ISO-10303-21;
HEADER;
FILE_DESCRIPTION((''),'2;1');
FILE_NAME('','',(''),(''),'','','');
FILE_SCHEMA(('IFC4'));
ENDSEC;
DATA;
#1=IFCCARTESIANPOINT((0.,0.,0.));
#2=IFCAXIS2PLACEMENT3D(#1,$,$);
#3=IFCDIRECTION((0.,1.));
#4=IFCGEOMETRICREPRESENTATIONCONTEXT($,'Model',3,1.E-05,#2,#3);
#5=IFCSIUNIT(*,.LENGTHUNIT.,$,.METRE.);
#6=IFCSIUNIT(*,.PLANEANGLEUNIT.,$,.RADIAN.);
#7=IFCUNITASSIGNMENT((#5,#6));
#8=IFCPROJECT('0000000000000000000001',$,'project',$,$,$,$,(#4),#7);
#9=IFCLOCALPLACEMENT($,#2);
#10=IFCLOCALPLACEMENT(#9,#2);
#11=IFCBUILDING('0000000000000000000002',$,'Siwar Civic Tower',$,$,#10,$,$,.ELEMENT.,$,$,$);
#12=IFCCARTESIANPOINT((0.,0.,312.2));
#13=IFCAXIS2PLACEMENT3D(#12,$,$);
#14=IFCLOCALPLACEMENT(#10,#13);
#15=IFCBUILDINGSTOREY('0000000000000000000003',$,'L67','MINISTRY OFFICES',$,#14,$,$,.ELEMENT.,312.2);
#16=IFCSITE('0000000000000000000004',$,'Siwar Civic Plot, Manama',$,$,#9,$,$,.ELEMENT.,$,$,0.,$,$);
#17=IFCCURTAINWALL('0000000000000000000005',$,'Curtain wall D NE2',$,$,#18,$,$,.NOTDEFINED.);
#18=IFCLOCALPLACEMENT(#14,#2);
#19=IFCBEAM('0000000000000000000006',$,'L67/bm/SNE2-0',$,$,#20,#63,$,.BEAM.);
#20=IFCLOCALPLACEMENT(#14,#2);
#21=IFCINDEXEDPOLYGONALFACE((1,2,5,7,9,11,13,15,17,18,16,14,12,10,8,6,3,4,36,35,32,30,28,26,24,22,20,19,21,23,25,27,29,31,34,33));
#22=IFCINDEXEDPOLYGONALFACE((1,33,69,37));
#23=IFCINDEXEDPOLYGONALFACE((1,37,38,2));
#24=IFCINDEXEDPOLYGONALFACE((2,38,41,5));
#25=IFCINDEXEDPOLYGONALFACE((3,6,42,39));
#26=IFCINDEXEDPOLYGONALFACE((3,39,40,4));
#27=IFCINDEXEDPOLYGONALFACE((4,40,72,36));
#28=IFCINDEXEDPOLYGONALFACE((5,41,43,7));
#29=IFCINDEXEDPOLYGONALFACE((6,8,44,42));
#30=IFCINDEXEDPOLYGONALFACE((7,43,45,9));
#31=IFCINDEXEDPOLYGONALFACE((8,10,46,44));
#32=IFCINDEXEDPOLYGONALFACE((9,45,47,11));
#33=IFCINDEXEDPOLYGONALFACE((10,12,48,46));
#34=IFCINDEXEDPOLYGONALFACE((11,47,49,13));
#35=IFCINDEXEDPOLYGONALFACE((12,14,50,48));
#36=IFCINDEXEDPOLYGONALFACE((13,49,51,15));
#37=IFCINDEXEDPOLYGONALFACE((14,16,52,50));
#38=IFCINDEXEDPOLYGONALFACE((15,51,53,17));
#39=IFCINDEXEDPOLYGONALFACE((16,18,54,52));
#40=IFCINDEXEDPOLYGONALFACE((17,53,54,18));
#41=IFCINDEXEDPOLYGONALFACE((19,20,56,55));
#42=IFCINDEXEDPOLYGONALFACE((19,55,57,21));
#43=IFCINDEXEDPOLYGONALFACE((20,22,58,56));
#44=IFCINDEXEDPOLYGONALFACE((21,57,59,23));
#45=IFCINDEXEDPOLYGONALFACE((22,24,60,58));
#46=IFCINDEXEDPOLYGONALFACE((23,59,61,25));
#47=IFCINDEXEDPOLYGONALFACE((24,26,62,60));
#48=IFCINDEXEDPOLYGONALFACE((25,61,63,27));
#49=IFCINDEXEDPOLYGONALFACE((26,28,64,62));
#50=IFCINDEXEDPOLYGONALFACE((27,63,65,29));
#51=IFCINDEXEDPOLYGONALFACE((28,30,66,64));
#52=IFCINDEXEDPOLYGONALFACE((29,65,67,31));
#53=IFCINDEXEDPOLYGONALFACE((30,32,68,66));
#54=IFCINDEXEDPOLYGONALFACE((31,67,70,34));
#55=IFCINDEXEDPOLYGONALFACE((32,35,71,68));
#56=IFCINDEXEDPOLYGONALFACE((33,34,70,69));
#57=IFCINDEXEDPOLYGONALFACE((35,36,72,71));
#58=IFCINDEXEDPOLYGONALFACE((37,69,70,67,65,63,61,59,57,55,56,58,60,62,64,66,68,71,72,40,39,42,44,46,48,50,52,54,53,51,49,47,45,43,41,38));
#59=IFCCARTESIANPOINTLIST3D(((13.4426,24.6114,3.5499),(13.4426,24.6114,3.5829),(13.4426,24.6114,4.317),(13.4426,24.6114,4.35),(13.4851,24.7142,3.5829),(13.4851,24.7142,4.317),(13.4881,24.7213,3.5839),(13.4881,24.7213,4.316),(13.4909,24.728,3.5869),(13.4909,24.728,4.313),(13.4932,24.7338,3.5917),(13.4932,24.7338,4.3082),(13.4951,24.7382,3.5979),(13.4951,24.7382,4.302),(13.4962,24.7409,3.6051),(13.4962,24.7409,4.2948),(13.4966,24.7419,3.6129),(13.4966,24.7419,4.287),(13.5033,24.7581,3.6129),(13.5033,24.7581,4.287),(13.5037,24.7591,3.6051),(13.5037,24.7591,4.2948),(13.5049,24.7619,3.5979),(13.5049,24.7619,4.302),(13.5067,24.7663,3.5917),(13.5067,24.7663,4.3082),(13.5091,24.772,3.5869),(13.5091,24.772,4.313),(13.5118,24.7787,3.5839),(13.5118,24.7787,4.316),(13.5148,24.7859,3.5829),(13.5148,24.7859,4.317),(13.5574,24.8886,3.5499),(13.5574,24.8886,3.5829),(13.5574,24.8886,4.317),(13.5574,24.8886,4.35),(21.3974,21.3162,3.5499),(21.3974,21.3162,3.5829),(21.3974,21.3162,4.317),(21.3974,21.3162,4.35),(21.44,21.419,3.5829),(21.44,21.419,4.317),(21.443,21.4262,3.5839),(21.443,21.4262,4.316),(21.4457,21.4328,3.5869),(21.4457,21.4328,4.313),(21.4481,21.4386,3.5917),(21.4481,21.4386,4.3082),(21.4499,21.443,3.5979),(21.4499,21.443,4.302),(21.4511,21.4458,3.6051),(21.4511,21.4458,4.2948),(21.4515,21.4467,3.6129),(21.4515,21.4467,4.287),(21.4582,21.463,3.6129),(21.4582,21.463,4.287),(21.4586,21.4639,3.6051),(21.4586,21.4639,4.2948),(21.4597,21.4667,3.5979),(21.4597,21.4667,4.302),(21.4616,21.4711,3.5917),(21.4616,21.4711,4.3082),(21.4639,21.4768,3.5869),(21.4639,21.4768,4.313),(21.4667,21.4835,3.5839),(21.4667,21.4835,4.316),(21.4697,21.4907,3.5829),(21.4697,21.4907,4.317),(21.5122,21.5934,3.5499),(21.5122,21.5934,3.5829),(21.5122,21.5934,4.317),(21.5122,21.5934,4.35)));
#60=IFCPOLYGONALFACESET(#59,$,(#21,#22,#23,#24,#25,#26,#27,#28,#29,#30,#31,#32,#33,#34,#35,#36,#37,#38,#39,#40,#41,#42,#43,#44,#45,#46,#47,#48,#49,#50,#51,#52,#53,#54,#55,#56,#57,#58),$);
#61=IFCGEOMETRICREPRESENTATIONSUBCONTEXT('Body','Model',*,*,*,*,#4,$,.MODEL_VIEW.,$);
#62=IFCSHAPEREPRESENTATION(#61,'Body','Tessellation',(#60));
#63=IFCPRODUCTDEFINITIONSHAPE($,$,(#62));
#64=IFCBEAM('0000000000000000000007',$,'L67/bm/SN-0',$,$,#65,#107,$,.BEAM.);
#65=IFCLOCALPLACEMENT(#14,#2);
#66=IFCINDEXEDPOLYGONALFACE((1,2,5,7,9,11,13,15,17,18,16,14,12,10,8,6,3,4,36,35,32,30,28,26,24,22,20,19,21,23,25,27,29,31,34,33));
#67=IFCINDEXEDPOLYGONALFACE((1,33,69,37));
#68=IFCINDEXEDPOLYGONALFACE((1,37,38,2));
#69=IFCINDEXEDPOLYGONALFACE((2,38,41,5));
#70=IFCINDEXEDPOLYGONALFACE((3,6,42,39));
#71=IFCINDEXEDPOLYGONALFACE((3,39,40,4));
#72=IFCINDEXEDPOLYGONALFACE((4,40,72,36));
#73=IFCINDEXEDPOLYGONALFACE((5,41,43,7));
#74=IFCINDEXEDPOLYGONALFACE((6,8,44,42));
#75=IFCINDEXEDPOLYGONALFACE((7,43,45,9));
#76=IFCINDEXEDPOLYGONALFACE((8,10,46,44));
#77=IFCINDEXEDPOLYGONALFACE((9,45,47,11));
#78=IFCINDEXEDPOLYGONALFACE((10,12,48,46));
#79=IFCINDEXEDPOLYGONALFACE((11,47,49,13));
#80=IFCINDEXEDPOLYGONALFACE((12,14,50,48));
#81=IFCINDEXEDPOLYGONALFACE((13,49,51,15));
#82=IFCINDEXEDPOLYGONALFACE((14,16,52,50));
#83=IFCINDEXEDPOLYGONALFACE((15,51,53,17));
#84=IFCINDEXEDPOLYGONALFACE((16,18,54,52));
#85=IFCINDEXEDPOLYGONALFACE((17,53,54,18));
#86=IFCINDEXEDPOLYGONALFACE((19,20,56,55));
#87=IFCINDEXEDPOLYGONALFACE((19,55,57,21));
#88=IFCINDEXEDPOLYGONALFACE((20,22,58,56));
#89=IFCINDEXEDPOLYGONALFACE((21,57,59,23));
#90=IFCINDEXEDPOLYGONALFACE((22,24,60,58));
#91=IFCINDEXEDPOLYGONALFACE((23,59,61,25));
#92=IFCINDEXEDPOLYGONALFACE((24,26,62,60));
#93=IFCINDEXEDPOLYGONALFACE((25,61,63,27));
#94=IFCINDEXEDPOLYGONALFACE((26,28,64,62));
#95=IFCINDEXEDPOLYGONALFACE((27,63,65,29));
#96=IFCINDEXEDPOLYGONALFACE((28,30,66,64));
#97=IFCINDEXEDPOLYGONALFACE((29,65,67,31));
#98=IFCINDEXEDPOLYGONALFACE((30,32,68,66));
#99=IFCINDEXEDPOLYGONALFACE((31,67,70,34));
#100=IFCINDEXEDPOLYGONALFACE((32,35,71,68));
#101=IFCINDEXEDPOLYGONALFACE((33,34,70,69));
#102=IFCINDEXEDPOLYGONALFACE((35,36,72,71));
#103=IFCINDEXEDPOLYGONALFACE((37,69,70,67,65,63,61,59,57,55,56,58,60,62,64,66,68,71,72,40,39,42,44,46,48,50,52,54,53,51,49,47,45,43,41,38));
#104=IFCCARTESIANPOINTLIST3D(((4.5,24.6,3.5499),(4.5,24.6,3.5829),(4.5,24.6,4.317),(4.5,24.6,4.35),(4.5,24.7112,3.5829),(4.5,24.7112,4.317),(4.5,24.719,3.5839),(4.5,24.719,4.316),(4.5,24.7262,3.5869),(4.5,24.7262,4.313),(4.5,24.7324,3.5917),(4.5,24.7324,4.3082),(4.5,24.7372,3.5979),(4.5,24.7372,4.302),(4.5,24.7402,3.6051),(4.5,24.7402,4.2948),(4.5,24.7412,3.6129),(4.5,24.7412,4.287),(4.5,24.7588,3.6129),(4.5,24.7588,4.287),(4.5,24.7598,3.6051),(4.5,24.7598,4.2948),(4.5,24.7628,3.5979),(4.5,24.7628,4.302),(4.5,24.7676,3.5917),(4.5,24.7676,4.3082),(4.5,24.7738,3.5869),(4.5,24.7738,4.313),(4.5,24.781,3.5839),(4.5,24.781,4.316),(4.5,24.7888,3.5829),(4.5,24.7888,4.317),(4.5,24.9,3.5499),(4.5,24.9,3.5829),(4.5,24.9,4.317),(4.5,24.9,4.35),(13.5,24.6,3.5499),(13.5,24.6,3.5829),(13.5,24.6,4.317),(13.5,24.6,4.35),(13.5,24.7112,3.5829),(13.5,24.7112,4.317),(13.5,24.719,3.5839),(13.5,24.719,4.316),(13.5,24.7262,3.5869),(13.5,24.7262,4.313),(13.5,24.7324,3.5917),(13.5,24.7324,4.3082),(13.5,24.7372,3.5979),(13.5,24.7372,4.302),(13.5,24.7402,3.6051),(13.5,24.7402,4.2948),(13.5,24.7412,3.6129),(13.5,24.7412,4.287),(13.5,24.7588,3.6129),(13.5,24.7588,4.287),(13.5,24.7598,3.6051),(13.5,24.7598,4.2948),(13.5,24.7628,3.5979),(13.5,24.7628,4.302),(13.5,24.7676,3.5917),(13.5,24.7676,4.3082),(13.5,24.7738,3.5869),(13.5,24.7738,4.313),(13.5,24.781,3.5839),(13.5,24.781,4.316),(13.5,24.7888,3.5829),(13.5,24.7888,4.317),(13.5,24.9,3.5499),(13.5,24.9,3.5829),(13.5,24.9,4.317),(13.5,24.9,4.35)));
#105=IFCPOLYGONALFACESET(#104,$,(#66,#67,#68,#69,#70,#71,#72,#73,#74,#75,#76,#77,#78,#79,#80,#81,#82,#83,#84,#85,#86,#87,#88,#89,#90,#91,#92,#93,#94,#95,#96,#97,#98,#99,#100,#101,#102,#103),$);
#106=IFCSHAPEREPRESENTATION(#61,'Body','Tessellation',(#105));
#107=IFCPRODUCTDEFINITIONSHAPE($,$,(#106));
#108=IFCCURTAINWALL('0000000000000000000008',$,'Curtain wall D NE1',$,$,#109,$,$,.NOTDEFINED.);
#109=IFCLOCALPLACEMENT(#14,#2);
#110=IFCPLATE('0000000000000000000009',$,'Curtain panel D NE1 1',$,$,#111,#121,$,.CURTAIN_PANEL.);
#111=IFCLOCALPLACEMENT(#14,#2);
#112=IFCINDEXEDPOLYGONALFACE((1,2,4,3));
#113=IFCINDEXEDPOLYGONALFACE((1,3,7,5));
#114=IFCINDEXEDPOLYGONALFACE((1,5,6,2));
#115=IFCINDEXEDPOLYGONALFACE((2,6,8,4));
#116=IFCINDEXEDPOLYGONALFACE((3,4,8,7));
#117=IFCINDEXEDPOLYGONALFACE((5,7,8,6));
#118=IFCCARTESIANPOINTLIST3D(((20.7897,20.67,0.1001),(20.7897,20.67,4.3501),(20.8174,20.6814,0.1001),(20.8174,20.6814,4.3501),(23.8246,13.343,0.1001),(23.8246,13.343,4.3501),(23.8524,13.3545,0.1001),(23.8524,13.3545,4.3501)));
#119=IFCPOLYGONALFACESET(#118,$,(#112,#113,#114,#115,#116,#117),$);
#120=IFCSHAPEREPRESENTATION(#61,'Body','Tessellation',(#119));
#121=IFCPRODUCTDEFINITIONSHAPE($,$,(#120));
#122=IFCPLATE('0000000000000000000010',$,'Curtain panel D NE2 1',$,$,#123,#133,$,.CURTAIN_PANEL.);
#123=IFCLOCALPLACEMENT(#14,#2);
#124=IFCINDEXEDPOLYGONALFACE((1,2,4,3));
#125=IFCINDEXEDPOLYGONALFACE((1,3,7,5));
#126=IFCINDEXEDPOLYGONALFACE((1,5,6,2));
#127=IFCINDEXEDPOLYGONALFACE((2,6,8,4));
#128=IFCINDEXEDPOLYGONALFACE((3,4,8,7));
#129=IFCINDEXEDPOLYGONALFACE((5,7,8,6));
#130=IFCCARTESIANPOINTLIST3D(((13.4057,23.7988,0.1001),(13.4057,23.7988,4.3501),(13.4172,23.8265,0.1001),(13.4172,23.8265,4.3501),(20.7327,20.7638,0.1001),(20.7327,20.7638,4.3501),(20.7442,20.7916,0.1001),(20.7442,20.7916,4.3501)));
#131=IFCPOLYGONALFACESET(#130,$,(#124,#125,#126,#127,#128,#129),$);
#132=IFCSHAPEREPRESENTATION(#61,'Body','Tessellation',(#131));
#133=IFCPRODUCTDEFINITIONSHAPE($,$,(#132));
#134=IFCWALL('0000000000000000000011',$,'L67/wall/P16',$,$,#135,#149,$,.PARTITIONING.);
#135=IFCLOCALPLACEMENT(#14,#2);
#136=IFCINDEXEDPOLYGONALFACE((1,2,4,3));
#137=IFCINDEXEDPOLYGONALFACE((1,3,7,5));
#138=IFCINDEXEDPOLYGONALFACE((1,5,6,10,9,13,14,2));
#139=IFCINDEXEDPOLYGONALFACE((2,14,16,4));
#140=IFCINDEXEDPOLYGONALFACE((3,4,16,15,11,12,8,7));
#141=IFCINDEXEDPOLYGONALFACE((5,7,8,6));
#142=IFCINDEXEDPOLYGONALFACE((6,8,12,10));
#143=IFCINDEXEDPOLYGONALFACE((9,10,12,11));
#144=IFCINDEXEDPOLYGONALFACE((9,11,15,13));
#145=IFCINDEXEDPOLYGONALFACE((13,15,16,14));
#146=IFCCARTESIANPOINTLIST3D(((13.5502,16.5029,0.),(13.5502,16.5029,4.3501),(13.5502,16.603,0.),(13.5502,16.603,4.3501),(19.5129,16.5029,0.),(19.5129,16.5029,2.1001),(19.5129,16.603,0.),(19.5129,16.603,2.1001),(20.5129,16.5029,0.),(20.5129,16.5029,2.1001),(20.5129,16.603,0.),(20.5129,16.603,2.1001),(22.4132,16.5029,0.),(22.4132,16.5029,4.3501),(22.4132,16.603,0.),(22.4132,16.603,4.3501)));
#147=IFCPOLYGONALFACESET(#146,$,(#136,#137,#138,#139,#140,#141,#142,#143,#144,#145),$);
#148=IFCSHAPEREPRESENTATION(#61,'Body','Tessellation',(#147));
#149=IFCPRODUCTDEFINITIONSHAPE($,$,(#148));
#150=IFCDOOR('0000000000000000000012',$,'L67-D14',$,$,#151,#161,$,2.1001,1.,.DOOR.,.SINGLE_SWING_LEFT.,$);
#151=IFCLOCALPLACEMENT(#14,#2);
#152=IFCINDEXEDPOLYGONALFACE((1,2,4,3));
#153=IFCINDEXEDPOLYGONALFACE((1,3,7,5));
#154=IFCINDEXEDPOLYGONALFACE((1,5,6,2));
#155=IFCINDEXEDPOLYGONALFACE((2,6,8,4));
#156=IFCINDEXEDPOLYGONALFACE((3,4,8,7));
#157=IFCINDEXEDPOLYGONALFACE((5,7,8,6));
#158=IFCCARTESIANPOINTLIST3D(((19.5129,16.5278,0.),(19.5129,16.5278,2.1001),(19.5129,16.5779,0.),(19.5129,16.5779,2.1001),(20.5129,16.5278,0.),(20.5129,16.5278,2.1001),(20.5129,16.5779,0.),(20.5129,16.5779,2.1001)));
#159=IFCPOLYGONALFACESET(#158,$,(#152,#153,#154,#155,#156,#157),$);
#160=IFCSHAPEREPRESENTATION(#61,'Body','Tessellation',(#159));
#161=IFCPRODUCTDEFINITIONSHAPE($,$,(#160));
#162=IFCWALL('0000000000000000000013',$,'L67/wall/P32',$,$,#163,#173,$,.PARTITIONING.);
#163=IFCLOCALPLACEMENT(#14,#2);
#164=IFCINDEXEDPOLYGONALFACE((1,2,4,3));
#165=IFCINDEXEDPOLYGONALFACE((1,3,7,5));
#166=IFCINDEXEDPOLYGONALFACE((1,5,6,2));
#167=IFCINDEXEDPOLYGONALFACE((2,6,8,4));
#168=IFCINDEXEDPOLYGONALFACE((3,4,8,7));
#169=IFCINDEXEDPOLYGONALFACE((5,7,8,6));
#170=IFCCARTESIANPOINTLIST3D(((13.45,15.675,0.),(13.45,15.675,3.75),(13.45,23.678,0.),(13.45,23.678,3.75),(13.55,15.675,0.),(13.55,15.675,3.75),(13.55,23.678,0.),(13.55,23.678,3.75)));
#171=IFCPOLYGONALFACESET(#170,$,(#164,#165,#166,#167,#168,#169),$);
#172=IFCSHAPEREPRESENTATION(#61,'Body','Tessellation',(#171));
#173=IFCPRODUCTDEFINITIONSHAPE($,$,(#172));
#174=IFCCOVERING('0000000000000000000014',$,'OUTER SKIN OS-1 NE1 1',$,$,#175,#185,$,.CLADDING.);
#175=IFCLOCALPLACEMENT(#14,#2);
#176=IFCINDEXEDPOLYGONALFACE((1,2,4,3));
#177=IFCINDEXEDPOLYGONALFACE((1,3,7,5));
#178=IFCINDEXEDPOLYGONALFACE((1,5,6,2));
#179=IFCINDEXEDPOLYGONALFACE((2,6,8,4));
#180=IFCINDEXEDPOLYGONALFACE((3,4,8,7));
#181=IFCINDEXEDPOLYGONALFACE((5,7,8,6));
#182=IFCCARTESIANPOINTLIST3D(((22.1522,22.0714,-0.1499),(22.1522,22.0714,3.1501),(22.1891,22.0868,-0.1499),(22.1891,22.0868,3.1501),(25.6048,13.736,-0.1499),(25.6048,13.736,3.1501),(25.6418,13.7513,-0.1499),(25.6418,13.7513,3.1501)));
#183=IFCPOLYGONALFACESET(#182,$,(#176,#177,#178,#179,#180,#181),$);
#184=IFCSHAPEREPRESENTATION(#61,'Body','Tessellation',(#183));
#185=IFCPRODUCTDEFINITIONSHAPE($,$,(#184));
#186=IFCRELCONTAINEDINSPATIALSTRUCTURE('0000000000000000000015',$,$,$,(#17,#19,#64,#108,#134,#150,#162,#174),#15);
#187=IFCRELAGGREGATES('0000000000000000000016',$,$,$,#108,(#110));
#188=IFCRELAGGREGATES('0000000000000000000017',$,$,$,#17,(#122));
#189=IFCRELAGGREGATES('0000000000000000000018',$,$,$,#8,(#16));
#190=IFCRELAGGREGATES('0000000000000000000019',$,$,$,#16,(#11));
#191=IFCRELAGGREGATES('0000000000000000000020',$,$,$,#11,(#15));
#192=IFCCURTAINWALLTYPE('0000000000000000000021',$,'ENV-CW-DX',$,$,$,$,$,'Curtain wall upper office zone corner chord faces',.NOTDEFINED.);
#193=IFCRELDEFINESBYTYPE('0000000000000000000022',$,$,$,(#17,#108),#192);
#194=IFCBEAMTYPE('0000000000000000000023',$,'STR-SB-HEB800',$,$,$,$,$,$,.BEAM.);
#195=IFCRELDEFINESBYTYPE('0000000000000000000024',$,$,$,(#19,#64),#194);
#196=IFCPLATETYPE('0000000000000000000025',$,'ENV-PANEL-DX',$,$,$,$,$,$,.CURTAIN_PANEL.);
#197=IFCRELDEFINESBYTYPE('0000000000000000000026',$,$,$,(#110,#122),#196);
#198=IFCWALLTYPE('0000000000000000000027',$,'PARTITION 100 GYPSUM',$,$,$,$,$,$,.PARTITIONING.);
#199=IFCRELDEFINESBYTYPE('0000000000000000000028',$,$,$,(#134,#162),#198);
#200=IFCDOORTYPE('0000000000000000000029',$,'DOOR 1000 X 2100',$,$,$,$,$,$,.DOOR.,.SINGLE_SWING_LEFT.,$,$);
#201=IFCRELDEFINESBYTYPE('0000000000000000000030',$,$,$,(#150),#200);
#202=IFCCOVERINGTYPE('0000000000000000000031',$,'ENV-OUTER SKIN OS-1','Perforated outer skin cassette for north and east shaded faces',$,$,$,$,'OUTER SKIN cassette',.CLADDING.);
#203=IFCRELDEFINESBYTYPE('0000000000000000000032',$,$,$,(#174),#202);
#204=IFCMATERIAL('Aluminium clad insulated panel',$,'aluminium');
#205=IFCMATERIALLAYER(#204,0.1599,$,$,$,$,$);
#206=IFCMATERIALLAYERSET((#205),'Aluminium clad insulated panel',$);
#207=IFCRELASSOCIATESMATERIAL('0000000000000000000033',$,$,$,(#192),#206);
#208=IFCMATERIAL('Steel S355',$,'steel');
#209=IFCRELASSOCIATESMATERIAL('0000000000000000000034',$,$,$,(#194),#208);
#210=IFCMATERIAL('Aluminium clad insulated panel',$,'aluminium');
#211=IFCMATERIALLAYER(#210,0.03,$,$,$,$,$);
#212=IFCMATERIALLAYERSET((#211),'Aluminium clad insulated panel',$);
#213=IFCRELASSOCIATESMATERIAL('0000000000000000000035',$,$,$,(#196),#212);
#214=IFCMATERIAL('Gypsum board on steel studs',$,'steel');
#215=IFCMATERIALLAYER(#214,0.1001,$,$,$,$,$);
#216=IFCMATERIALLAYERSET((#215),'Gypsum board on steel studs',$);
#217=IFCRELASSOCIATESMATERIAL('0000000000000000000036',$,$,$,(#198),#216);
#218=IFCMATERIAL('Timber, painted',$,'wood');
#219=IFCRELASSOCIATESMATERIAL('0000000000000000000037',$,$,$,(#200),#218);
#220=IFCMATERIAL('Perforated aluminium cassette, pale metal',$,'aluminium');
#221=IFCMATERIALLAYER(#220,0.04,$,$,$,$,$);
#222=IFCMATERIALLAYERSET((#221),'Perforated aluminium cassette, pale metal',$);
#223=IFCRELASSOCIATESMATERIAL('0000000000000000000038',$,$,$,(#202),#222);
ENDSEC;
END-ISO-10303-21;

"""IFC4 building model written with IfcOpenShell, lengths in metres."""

from ifc_helpers import new_model, si_unit, direction, frame, frame_2d, origin, origin_2d, place, context, subcontext, project, spatial, rectangle, i_section, extrude, material, layer, layer_set, material_profile, profile_set, type_object, element, fill, aggregate, save


model = new_model("IFC4")

# Units and contexts
model_context = context("Model", 3, precision=1e-05, world=origin(), true_north=direction((0.0, 1.0)))
body_context = subcontext(model_context, "Body", "Model", "MODEL_VIEW")
ifc_project = project(units=[si_unit("LENGTHUNIT", "METRE"), si_unit("PLANEANGLEUNIT", "RADIAN")], contexts=[model_context])

# Site, building, storey
site_placement = place(None, origin())
site = spatial("IfcSite", under=ifc_project, at=site_placement, Name="Siwar Civic Plot, Manama", CompositionType="ELEMENT", RefElevation=0.0)
building_placement = place(site_placement, origin())
building = spatial("IfcBuilding", under=site, at=building_placement, Name="Siwar Civic Tower", CompositionType="ELEMENT")
storey_placement = place(building_placement, frame((0.0, 0.0, 312.2)))
storey = spatial("IfcBuildingStorey", under=building, at=storey_placement, Name="L67", Description="MINISTRY OFFICES", CompositionType="ELEMENT", Elevation=312.2)

# Curtain wall
ifc_material_1 = material(Name="Aluminium clad insulated panel", Category="aluminium")
ifc_layer_1 = layer(ifc_material_1, 0.1599)
ifc_layer_set_1 = layer_set([ifc_layer_1], Name="Aluminium clad insulated panel")
curtain_wall_type = type_object("IfcCurtainWallType", Name="ENV-CW-DX", ElementType="Curtain wall upper office zone corner chord faces", PredefinedType="NOTDEFINED", material=ifc_layer_set_1)
curtain_wall_1_placement = place(storey_placement, origin())
curtain_wall_1 = element("IfcCurtainWall", 1, at=curtain_wall_1_placement, inside=storey, type_object=curtain_wall_type, Name="Curtain wall D NE2", PredefinedType="NOTDEFINED")

# Beams
ifc_material_2 = material(Name="Steel S355", Category="steel")
ifc_material_profile_1 = material_profile(ifc_material_2, i_section(OverallWidth=0.3, OverallDepth=0.8, WebThickness=0.0176, FlangeThickness=0.033, FilletRadius=0.03, at=origin_2d()), Name="HEB800")
ifc_profile_set_1 = profile_set([ifc_material_profile_1], Name="Steel S355")
beam_type_1 = type_object("IfcBeamType", Name="STR-SB-HEB800", PredefinedType="BEAM", material=ifc_profile_set_1)
beam_1_placement = place(storey_placement, frame((21.4548, 21.4548, 3.95), z_axis=(-0.923873, 0.3827, 0.0), x_axis=(-0.3827, -0.923873, 0.0)))
element("IfcBeam", 2, at=beam_1_placement, inside=storey, type_object=beam_type_1, Name="L67/bm/SNE2-0", PredefinedType="BEAM", context=body_context, shape_type="SweptSolid", body=[
    extrude(i_section(OverallWidth=0.3, OverallDepth=0.8, WebThickness=0.0176, FlangeThickness=0.033, FilletRadius=0.03, at=origin_2d()), origin(), (0.0, 0.0, 1.0), 8.6104),
])
beam_2_placement = place(storey_placement, frame((13.5, 24.75, 3.95), z_axis=(-1.0, 0.0, 0.0), x_axis=(0.0, -1.0, 0.0)))
element("IfcBeam", 3, at=beam_2_placement, inside=storey, type_object=beam_type_1, Name="L67/bm/SN-0", PredefinedType="BEAM", context=body_context, shape_type="SweptSolid", body=[
    extrude(i_section(OverallWidth=0.3, OverallDepth=0.8, WebThickness=0.0176, FlangeThickness=0.033, FilletRadius=0.03, at=origin_2d()), origin(), (0.0, 0.0, 1.0), 9.0),
])

# Curtain wall, plate
curtain_wall_2_placement = place(storey_placement, origin())
curtain_wall_2 = element("IfcCurtainWall", 4, at=curtain_wall_2_placement, inside=storey, type_object=curtain_wall_type, Name="Curtain wall D NE1", PredefinedType="NOTDEFINED")
ifc_material_3 = material(Name="Aluminium clad insulated panel", Category="aluminium")
ifc_layer_2 = layer(ifc_material_3, 0.03)
ifc_layer_set_2 = layer_set([ifc_layer_2], Name="Aluminium clad insulated panel")
plate_type = type_object("IfcPlateType", Name="ENV-PANEL-DX", PredefinedType="CURTAIN_PANEL", material=ifc_layer_set_2)
plate_1_placement = place(storey_placement, frame((22.321, 17.0122, 0.1001), z_axis=(0.0, 0.0, 1.0), x_axis=(-0.382683, 0.92388, 0.0)))
plate_1 = element("IfcPlate", 5, at=plate_1_placement, type_object=plate_type, Name="Curtain panel D NE1 1", PredefinedType="CURTAIN_PANEL", context=body_context, shape_type="SweptSolid", body=[
    extrude(rectangle(XDim=7.9307, YDim=0.03, at=origin_2d()), origin(), (0.0, 0.0, 1.0), 4.25),
])
aggregate(curtain_wall_2, [plate_1])

# Plate
plate_2_placement = place(storey_placement, frame((17.075, 22.2952, 0.1001), z_axis=(0.0, 0.0, 1.0), x_axis=(-0.92388, 0.382683, 0.0)))
plate_2 = element("IfcPlate", 6, at=plate_2_placement, type_object=plate_type, Name="Curtain panel D NE2 1", PredefinedType="CURTAIN_PANEL", context=body_context, shape_type="SweptSolid", body=[
    extrude(rectangle(XDim=7.9307, YDim=0.03, at=origin_2d()), origin(), (0.0, 0.0, 1.0), 4.25),
])
aggregate(curtain_wall_1, [plate_2])

# Wall, opening, door
ifc_material_4 = material(Name="Gypsum board on steel studs", Category="steel")
ifc_layer_3 = layer(ifc_material_4, 0.1001)
ifc_layer_set_3 = layer_set([ifc_layer_3], Name="Gypsum board on steel studs")
wall_type = type_object("IfcWallType", Name="PARTITION 100 GYPSUM", PredefinedType="PARTITIONING", material=ifc_layer_set_3)
wall_1_placement = place(storey_placement, frame((13.55, 16.553, 0.0), z_axis=(0.0, 0.0, 1.0), x_axis=(1.0, 0.0, 0.0)))
wall_1 = element("IfcWall", 7, at=wall_1_placement, inside=storey, type_object=wall_type, Name="L67/wall/P16", PredefinedType="PARTITIONING", context=body_context, shape_type="SweptSolid", body=[
    extrude(rectangle(XDim=8.863, YDim=0.1001, at=frame_2d((4.4316, 0.0))), origin(), (0.0, 0.0, 1.0), 4.3501),
])
opening_placement = place(wall_1_placement, frame((5.9629, 0.0, 0.0)))
opening = element("IfcOpeningElement", 8, at=opening_placement, cuts=wall_1, PredefinedType="OPENING", context=body_context, shape_type="SweptSolid", body=[
    extrude(rectangle(XDim=1.0, YDim=2.1001, at=frame_2d((0.5, 1.05))), frame((0.0, 0.0601, 0.0), z_axis=(0.0, -1.0, 0.0), x_axis=(1.0, 0.0, 0.0)), (0.0, 0.0, 1.0), 0.1201),
])
ifc_material_5 = material(Name="Timber, painted", Category="wood")
door_type = type_object("IfcDoorType", Name="DOOR 1000 X 2100", OperationType="SINGLE_SWING_LEFT", PredefinedType="DOOR", material=ifc_material_5)
door_placement = place(opening_placement, origin())
door = element("IfcDoor", 9, at=door_placement, inside=storey, type_object=door_type, Name="L67-D14", OperationType="SINGLE_SWING_LEFT", OverallHeight=2.1001, OverallWidth=1.0, PredefinedType="DOOR", context=body_context, shape_type="SweptSolid", body=[
    extrude(rectangle(XDim=1.0, YDim=2.1001, at=frame_2d((0.5, 1.05))), frame((0.0, 0.0249, 0.0), z_axis=(0.0, -1.0, 0.0), x_axis=(1.0, 0.0, 0.0)), (0.0, 0.0, 1.0), 0.05),
])
fill(opening, door)

# Wall
wall_2_placement = place(storey_placement, frame((13.5, 15.675, 0.0), z_axis=(0.0, 0.0, 1.0), x_axis=(0.0, 1.0, 0.0)))
element("IfcWall", 10, at=wall_2_placement, inside=storey, type_object=wall_type, Name="L67/wall/P32", PredefinedType="PARTITIONING", context=body_context, shape_type="SweptSolid", body=[
    extrude(rectangle(XDim=8.0029, YDim=0.1001, at=frame_2d((4.0015, 0.0))), origin(), (0.0, 0.0, 1.0), 3.75),
])

# Covering
ifc_material_6 = material(Name="Perforated aluminium cassette, pale metal", Category="aluminium")
ifc_layer_4 = layer(ifc_material_6, 0.04)
ifc_layer_set_4 = layer_set([ifc_layer_4], Name="Perforated aluminium cassette, pale metal")
covering_type = type_object("IfcCoveringType", Name="ENV-OUTER SKIN OS-1", Description="Perforated outer skin cassette for north and east shaded faces", ElementType="OUTER SKIN cassette", PredefinedType="CLADDING", material=ifc_layer_set_4)
for number, where, z_axis, x_axis, name in (
    (11, (23.897, 17.9114, -0.1499), (0.0, 0.0, 1.0), (-0.382683, 0.92388, 0.0), "OUTER SKIN OS-1 NE1 1"),
):
    element("IfcCovering", number, at=place(storey_placement, frame(where, z_axis=z_axis, x_axis=x_axis)), inside=storey, type_object=covering_type, Name=name, PredefinedType="CLADDING", context=body_context, shape_type="SweptSolid", body=[
        extrude(rectangle(XDim=9.0222, YDim=0.04, at=origin_2d()), origin(), (0.0, 0.0, 1.0), 3.3),
    ])

save(model, "model.ifc")
